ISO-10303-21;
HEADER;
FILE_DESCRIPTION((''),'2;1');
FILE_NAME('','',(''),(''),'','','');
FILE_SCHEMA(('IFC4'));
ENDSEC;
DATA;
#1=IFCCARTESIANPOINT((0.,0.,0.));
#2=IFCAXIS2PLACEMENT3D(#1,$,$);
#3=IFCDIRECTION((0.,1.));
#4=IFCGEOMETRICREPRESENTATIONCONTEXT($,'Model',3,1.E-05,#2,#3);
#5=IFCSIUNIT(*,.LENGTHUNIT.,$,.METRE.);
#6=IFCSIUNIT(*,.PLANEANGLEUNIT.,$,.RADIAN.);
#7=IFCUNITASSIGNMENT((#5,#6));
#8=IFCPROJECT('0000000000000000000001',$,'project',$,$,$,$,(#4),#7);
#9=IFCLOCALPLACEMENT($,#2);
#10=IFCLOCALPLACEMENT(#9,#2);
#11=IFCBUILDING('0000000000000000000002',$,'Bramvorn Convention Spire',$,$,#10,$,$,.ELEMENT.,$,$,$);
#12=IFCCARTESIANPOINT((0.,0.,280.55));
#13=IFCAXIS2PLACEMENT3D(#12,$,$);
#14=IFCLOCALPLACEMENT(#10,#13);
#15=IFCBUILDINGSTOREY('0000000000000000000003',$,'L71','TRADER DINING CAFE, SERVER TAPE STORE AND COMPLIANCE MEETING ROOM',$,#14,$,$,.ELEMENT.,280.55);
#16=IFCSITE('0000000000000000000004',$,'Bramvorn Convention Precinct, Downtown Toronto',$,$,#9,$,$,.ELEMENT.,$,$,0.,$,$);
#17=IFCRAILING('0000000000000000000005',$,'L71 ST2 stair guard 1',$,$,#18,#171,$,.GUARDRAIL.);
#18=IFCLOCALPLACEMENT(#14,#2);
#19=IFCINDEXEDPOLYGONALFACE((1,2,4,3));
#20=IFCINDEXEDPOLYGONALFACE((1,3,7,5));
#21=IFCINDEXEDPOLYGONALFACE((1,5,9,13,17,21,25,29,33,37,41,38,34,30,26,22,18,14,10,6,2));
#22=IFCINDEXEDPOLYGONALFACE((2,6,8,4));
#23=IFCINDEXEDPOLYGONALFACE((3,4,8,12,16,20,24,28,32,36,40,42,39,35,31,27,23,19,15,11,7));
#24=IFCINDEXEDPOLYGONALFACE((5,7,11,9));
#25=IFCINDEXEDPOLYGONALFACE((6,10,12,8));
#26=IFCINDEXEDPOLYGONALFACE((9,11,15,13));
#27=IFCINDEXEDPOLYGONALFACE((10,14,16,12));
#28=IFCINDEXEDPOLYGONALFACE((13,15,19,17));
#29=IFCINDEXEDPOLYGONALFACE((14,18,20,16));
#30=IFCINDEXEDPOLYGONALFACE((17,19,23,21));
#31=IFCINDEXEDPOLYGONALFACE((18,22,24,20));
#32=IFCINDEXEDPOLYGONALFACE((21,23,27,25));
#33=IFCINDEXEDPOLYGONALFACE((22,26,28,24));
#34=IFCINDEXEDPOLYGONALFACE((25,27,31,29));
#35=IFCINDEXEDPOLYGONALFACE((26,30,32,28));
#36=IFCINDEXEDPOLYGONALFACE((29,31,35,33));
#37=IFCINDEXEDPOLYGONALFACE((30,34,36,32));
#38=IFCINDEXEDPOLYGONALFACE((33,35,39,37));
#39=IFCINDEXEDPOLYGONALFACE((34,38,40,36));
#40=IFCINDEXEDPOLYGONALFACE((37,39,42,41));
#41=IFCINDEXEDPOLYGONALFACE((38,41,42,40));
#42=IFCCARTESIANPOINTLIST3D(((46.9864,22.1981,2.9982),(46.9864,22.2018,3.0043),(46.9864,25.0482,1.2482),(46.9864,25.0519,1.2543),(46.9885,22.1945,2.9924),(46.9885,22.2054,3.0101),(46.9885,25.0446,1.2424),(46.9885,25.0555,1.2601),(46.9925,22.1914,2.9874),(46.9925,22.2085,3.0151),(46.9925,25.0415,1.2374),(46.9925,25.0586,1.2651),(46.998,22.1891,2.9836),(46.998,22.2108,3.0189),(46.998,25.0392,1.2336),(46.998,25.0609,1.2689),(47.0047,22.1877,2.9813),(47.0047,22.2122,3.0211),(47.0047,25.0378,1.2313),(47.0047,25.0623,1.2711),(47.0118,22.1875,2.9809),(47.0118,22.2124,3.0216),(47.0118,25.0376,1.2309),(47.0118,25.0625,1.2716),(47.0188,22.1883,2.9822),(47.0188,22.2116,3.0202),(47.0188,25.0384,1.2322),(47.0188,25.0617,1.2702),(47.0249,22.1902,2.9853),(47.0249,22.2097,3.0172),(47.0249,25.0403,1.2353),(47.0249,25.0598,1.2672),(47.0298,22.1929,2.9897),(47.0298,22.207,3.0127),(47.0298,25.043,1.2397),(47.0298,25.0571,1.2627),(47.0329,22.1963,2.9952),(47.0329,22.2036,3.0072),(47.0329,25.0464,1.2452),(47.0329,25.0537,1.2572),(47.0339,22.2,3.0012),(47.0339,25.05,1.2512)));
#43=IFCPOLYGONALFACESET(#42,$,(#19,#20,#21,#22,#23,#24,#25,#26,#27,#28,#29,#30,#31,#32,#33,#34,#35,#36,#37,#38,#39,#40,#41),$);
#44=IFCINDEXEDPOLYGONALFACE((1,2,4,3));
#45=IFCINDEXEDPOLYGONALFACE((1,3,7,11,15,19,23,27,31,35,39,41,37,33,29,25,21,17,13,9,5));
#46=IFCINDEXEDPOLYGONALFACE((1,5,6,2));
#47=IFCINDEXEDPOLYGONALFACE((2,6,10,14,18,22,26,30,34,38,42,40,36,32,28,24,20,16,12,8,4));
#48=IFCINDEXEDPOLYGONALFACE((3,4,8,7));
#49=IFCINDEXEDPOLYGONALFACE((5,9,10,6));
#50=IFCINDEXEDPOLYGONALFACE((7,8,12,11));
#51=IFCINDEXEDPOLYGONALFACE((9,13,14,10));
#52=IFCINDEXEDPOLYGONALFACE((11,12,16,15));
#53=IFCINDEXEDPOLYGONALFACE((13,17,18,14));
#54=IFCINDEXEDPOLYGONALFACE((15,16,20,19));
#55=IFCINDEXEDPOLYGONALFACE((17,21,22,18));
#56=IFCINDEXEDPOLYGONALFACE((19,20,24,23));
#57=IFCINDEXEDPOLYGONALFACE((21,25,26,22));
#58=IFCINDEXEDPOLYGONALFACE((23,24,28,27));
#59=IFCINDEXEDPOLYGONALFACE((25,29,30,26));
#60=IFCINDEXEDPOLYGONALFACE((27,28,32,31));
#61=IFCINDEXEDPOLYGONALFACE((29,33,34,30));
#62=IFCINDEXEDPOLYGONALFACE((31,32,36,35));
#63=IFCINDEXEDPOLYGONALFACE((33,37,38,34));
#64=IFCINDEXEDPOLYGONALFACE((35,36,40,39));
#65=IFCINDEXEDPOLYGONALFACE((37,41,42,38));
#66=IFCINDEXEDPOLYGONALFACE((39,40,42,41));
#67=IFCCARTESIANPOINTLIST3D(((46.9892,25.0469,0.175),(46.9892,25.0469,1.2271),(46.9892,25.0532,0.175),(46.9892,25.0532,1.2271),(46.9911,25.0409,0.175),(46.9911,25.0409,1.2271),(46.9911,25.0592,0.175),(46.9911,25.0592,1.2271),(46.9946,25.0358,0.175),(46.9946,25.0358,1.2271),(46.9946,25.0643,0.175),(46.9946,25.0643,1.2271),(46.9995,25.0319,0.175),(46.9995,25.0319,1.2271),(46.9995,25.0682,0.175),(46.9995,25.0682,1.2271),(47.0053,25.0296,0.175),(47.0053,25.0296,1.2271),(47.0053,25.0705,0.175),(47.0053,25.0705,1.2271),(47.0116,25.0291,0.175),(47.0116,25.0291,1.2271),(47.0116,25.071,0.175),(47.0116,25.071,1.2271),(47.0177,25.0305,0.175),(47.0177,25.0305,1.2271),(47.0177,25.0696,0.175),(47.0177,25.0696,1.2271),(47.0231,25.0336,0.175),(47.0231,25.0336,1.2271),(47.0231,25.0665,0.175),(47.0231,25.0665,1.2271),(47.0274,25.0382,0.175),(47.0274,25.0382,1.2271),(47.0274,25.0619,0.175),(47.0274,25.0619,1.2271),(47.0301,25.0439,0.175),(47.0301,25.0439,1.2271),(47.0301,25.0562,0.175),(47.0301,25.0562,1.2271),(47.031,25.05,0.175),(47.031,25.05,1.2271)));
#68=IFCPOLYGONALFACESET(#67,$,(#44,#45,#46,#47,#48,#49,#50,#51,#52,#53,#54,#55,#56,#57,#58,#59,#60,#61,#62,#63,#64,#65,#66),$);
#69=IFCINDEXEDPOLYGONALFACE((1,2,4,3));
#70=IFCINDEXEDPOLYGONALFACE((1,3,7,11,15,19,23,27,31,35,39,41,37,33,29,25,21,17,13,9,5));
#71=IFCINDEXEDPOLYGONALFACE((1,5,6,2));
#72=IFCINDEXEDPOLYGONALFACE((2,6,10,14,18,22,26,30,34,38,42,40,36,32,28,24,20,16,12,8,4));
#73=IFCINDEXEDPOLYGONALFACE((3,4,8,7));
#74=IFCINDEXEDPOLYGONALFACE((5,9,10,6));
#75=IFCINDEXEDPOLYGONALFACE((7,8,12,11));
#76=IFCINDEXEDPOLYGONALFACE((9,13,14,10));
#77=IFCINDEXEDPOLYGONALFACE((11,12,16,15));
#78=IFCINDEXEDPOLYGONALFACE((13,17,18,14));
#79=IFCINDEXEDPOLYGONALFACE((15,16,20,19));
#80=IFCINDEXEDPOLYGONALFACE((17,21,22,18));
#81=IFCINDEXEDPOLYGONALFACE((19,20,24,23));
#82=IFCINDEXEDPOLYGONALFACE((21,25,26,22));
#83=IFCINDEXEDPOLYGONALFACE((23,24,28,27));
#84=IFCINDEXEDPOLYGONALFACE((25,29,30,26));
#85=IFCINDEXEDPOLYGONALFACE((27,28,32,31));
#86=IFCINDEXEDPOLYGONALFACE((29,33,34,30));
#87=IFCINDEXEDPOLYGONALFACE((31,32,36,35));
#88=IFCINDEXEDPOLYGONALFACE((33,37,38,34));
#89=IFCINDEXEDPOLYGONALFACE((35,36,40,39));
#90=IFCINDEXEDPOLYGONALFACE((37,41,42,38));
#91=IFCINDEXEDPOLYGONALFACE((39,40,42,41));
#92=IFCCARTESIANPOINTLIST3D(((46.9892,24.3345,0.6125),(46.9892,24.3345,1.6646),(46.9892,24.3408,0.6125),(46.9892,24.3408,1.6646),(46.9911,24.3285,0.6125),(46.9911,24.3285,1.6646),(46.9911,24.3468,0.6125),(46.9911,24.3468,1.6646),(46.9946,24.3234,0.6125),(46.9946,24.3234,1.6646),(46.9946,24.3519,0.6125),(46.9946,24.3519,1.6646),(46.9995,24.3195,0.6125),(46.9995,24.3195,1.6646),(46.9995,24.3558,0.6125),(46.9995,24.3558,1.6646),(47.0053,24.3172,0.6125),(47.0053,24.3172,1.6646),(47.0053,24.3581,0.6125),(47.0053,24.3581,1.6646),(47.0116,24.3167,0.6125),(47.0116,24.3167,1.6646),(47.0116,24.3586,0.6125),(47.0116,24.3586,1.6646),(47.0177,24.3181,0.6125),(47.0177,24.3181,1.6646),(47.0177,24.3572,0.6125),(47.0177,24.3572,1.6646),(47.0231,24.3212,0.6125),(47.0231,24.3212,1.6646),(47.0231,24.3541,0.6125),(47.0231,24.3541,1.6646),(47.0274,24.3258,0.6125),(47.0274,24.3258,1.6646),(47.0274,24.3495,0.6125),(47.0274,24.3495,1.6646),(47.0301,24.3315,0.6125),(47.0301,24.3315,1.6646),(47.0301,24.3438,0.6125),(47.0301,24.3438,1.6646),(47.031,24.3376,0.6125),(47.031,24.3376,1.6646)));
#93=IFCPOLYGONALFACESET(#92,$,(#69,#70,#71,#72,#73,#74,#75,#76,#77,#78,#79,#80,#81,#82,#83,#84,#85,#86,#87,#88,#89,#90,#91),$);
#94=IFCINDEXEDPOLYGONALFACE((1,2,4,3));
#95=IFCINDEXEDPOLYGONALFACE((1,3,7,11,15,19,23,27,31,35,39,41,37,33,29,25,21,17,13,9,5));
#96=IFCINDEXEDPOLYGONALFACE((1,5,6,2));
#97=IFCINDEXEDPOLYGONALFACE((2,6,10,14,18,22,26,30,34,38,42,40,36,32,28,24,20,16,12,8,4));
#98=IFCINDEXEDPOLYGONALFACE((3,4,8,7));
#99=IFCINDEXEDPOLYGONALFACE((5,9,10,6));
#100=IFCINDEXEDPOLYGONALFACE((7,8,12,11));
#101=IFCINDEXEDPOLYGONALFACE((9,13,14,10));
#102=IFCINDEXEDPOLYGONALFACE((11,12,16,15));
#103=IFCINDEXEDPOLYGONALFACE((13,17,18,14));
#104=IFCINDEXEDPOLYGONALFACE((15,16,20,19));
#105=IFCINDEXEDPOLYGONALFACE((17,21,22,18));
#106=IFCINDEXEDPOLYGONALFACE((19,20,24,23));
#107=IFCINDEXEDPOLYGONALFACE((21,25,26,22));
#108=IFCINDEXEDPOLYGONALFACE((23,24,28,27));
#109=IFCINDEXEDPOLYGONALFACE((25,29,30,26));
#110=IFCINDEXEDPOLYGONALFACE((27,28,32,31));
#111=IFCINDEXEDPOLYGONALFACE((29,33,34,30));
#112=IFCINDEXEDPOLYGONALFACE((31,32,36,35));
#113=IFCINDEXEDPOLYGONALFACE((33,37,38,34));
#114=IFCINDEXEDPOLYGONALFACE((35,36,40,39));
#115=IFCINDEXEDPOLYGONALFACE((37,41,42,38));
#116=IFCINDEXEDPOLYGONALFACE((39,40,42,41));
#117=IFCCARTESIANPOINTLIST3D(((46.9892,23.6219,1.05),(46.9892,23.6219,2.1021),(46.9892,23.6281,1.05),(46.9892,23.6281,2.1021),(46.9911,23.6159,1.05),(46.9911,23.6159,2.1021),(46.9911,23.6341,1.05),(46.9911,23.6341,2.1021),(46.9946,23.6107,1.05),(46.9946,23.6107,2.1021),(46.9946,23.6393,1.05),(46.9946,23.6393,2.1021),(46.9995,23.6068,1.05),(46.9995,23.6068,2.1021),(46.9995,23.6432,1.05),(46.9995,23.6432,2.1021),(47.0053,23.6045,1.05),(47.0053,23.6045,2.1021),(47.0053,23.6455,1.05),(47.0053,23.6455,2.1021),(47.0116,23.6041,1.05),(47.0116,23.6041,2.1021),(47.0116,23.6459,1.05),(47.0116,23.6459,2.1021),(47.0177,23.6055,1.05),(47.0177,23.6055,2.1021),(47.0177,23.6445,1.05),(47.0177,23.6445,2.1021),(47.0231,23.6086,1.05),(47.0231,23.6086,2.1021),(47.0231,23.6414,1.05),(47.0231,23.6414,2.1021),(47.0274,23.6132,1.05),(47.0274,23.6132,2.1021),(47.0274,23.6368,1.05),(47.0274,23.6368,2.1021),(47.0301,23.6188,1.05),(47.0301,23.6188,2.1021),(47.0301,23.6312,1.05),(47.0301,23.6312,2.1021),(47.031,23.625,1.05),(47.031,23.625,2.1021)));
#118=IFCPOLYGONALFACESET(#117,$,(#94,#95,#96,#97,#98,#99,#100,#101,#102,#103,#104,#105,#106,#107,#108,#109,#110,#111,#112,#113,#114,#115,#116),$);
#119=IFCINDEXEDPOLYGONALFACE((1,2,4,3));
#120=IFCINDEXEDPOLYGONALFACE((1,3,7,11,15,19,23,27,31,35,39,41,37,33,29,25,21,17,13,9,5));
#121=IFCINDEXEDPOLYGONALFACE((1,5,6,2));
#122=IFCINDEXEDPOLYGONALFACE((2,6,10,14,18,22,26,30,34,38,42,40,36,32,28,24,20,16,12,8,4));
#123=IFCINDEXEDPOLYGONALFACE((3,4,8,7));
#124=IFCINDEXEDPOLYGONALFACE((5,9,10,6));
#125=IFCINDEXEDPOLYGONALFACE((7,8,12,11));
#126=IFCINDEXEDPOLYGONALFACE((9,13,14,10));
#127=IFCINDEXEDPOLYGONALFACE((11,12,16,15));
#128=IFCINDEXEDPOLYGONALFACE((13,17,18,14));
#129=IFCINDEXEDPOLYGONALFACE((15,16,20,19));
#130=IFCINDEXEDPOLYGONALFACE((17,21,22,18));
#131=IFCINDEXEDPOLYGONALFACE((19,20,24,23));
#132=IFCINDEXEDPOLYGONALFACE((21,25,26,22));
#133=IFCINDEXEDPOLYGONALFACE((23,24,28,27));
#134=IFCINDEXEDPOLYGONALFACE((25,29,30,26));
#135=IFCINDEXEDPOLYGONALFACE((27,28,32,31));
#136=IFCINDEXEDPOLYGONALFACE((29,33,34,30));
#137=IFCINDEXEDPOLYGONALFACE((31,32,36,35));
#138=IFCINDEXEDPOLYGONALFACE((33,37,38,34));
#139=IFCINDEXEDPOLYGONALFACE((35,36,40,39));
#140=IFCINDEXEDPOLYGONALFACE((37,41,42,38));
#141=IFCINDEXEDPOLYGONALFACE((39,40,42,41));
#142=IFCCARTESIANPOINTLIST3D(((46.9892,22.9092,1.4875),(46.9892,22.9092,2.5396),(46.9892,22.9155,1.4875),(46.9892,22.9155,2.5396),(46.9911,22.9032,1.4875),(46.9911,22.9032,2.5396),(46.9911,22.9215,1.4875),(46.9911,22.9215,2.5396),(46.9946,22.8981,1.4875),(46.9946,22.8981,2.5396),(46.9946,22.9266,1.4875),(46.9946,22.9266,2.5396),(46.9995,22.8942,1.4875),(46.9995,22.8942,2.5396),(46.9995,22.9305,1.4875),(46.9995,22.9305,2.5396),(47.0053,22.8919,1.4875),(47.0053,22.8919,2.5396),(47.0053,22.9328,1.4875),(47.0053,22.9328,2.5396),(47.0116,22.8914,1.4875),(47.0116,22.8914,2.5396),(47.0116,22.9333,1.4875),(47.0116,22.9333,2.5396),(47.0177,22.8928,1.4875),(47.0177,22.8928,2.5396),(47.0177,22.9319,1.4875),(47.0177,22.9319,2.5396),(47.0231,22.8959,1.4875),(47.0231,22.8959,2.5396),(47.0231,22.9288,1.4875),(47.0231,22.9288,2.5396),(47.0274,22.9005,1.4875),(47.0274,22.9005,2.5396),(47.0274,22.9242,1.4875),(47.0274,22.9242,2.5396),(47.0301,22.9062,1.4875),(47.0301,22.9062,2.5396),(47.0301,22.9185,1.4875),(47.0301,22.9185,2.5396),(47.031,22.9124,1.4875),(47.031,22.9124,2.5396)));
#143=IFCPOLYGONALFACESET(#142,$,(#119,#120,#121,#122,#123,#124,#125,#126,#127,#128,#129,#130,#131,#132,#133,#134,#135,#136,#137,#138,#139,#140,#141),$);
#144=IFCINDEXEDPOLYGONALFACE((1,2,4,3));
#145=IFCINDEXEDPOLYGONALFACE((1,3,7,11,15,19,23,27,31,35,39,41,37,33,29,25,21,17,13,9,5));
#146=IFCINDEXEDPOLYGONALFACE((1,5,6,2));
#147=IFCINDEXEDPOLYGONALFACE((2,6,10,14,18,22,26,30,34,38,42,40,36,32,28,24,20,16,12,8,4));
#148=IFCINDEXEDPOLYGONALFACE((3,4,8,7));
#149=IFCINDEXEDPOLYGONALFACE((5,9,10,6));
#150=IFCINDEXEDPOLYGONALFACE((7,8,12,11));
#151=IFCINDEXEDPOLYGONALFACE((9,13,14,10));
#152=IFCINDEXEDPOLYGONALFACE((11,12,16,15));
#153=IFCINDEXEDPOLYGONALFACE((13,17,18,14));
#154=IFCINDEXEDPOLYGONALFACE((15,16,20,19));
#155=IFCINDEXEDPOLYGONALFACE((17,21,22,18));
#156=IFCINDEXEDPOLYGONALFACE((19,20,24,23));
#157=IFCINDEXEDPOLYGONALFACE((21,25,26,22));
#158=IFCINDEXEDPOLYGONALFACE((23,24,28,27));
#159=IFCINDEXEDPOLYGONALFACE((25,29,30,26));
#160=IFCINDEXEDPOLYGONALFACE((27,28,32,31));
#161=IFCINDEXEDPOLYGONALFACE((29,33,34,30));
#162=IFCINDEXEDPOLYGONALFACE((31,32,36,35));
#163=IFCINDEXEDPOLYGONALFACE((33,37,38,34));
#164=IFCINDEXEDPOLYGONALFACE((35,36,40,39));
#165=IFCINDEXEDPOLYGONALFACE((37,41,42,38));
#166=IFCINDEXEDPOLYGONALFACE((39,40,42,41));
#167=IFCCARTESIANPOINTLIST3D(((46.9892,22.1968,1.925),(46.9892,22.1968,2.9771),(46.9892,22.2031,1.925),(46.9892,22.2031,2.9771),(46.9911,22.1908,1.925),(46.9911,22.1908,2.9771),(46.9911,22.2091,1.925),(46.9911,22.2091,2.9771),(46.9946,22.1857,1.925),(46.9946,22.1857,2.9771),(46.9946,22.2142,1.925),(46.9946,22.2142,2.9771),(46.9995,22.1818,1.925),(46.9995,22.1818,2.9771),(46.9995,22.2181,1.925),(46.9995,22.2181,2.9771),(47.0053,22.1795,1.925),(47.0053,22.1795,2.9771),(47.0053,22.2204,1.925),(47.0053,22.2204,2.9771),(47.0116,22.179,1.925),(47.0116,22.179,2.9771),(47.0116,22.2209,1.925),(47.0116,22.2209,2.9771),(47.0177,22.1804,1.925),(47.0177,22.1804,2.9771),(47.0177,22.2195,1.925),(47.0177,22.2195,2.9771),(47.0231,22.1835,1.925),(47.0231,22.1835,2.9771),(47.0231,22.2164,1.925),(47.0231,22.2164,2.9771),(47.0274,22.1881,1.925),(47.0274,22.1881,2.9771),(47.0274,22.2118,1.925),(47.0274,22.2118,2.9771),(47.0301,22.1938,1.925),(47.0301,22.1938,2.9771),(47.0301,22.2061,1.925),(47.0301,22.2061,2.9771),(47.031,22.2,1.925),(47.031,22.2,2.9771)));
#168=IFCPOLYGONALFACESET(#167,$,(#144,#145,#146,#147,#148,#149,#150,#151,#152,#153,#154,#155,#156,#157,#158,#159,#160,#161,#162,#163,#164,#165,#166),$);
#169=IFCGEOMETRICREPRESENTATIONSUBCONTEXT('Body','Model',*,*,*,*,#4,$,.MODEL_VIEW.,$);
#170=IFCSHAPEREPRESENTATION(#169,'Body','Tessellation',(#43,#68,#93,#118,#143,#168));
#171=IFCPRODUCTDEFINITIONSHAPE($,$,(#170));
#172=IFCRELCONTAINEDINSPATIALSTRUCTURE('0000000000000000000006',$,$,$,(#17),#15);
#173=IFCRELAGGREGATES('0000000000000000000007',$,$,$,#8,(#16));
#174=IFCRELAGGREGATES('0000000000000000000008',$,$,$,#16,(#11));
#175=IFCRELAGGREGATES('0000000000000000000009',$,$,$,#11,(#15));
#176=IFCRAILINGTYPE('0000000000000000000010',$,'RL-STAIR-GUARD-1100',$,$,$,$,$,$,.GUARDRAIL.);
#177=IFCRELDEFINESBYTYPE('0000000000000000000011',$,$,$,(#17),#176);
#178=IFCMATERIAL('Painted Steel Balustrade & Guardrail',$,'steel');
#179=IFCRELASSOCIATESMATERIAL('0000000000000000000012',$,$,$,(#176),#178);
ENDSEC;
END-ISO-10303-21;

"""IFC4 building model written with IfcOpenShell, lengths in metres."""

from ifc_helpers import new_model, si_unit, direction, frame, origin, origin_2d, place, context, subcontext, project, spatial, circle, extrude, material, type_object, element, save


model = new_model("IFC4")

# Units and contexts
model_context = context("Model", 3, precision=1e-05, world=origin(), true_north=direction((0.0, 1.0)))
body_context = subcontext(model_context, "Body", "Model", "MODEL_VIEW")
ifc_project = project(units=[si_unit("LENGTHUNIT", "METRE"), si_unit("PLANEANGLEUNIT", "RADIAN")], contexts=[model_context])

# Site, building, storey
site_placement = place(None, origin())
site = spatial("IfcSite", under=ifc_project, at=site_placement, Name="Bramvorn Convention Precinct, Downtown Toronto", CompositionType="ELEMENT", RefElevation=0.0)
building_placement = place(site_placement, origin())
building = spatial("IfcBuilding", under=site, at=building_placement, Name="Bramvorn Convention Spire", CompositionType="ELEMENT")
storey_placement = place(building_placement, frame((0.0, 0.0, 280.55)))
storey = spatial("IfcBuildingStorey", under=building, at=storey_placement, Name="L71", Description="TRADER DINING CAFE, SERVER TAPE STORE AND COMPLIANCE MEETING ROOM", CompositionType="ELEMENT", Elevation=280.55)

# Railing
ifc_material_1 = material(Name="Painted Steel Balustrade & Guardrail", Category="steel")
railing_type_1 = type_object("IfcRailingType", Name="RL-STAIR-GUARD-1100", PredefinedType="GUARDRAIL", material=ifc_material_1)
railing_1_placement = place(storey_placement, frame((47.01, 25.05, 0.175)))
element("IfcRailing", 1, at=railing_1_placement, inside=storey, type_object=railing_type_1, Name="L71 ST2 stair guard 1", PredefinedType="GUARDRAIL", context=body_context, shape_type="SweptSolid", body=[
    extrude(circle(Radius=0.0239, at=origin_2d()), frame((0.0, 0.0, 1.0762), z_axis=(0.0, -0.852179, 0.52325), x_axis=(1.0, 0.0, 0.0)), (0.0, 0.0, 1.0), 3.3445),
    extrude(circle(Radius=0.021, at=origin_2d()), origin(), (0.0, 0.0, 1.0), 1.052),
    extrude(circle(Radius=0.021, at=origin_2d()), frame((0.0, -0.7124, 0.4375)), (0.0, 0.0, 1.0), 1.052),
    extrude(circle(Radius=0.021, at=origin_2d()), frame((0.0, -1.425, 0.875)), (0.0, 0.0, 1.0), 1.052),
    extrude(circle(Radius=0.021, at=origin_2d()), frame((0.0, -2.1377, 1.3125)), (0.0, 0.0, 1.0), 1.052),
    extrude(circle(Radius=0.021, at=origin_2d()), frame((0.0, -2.8501, 1.75)), (0.0, 0.0, 1.0), 1.052),
])

save(model, "model.ifc")
